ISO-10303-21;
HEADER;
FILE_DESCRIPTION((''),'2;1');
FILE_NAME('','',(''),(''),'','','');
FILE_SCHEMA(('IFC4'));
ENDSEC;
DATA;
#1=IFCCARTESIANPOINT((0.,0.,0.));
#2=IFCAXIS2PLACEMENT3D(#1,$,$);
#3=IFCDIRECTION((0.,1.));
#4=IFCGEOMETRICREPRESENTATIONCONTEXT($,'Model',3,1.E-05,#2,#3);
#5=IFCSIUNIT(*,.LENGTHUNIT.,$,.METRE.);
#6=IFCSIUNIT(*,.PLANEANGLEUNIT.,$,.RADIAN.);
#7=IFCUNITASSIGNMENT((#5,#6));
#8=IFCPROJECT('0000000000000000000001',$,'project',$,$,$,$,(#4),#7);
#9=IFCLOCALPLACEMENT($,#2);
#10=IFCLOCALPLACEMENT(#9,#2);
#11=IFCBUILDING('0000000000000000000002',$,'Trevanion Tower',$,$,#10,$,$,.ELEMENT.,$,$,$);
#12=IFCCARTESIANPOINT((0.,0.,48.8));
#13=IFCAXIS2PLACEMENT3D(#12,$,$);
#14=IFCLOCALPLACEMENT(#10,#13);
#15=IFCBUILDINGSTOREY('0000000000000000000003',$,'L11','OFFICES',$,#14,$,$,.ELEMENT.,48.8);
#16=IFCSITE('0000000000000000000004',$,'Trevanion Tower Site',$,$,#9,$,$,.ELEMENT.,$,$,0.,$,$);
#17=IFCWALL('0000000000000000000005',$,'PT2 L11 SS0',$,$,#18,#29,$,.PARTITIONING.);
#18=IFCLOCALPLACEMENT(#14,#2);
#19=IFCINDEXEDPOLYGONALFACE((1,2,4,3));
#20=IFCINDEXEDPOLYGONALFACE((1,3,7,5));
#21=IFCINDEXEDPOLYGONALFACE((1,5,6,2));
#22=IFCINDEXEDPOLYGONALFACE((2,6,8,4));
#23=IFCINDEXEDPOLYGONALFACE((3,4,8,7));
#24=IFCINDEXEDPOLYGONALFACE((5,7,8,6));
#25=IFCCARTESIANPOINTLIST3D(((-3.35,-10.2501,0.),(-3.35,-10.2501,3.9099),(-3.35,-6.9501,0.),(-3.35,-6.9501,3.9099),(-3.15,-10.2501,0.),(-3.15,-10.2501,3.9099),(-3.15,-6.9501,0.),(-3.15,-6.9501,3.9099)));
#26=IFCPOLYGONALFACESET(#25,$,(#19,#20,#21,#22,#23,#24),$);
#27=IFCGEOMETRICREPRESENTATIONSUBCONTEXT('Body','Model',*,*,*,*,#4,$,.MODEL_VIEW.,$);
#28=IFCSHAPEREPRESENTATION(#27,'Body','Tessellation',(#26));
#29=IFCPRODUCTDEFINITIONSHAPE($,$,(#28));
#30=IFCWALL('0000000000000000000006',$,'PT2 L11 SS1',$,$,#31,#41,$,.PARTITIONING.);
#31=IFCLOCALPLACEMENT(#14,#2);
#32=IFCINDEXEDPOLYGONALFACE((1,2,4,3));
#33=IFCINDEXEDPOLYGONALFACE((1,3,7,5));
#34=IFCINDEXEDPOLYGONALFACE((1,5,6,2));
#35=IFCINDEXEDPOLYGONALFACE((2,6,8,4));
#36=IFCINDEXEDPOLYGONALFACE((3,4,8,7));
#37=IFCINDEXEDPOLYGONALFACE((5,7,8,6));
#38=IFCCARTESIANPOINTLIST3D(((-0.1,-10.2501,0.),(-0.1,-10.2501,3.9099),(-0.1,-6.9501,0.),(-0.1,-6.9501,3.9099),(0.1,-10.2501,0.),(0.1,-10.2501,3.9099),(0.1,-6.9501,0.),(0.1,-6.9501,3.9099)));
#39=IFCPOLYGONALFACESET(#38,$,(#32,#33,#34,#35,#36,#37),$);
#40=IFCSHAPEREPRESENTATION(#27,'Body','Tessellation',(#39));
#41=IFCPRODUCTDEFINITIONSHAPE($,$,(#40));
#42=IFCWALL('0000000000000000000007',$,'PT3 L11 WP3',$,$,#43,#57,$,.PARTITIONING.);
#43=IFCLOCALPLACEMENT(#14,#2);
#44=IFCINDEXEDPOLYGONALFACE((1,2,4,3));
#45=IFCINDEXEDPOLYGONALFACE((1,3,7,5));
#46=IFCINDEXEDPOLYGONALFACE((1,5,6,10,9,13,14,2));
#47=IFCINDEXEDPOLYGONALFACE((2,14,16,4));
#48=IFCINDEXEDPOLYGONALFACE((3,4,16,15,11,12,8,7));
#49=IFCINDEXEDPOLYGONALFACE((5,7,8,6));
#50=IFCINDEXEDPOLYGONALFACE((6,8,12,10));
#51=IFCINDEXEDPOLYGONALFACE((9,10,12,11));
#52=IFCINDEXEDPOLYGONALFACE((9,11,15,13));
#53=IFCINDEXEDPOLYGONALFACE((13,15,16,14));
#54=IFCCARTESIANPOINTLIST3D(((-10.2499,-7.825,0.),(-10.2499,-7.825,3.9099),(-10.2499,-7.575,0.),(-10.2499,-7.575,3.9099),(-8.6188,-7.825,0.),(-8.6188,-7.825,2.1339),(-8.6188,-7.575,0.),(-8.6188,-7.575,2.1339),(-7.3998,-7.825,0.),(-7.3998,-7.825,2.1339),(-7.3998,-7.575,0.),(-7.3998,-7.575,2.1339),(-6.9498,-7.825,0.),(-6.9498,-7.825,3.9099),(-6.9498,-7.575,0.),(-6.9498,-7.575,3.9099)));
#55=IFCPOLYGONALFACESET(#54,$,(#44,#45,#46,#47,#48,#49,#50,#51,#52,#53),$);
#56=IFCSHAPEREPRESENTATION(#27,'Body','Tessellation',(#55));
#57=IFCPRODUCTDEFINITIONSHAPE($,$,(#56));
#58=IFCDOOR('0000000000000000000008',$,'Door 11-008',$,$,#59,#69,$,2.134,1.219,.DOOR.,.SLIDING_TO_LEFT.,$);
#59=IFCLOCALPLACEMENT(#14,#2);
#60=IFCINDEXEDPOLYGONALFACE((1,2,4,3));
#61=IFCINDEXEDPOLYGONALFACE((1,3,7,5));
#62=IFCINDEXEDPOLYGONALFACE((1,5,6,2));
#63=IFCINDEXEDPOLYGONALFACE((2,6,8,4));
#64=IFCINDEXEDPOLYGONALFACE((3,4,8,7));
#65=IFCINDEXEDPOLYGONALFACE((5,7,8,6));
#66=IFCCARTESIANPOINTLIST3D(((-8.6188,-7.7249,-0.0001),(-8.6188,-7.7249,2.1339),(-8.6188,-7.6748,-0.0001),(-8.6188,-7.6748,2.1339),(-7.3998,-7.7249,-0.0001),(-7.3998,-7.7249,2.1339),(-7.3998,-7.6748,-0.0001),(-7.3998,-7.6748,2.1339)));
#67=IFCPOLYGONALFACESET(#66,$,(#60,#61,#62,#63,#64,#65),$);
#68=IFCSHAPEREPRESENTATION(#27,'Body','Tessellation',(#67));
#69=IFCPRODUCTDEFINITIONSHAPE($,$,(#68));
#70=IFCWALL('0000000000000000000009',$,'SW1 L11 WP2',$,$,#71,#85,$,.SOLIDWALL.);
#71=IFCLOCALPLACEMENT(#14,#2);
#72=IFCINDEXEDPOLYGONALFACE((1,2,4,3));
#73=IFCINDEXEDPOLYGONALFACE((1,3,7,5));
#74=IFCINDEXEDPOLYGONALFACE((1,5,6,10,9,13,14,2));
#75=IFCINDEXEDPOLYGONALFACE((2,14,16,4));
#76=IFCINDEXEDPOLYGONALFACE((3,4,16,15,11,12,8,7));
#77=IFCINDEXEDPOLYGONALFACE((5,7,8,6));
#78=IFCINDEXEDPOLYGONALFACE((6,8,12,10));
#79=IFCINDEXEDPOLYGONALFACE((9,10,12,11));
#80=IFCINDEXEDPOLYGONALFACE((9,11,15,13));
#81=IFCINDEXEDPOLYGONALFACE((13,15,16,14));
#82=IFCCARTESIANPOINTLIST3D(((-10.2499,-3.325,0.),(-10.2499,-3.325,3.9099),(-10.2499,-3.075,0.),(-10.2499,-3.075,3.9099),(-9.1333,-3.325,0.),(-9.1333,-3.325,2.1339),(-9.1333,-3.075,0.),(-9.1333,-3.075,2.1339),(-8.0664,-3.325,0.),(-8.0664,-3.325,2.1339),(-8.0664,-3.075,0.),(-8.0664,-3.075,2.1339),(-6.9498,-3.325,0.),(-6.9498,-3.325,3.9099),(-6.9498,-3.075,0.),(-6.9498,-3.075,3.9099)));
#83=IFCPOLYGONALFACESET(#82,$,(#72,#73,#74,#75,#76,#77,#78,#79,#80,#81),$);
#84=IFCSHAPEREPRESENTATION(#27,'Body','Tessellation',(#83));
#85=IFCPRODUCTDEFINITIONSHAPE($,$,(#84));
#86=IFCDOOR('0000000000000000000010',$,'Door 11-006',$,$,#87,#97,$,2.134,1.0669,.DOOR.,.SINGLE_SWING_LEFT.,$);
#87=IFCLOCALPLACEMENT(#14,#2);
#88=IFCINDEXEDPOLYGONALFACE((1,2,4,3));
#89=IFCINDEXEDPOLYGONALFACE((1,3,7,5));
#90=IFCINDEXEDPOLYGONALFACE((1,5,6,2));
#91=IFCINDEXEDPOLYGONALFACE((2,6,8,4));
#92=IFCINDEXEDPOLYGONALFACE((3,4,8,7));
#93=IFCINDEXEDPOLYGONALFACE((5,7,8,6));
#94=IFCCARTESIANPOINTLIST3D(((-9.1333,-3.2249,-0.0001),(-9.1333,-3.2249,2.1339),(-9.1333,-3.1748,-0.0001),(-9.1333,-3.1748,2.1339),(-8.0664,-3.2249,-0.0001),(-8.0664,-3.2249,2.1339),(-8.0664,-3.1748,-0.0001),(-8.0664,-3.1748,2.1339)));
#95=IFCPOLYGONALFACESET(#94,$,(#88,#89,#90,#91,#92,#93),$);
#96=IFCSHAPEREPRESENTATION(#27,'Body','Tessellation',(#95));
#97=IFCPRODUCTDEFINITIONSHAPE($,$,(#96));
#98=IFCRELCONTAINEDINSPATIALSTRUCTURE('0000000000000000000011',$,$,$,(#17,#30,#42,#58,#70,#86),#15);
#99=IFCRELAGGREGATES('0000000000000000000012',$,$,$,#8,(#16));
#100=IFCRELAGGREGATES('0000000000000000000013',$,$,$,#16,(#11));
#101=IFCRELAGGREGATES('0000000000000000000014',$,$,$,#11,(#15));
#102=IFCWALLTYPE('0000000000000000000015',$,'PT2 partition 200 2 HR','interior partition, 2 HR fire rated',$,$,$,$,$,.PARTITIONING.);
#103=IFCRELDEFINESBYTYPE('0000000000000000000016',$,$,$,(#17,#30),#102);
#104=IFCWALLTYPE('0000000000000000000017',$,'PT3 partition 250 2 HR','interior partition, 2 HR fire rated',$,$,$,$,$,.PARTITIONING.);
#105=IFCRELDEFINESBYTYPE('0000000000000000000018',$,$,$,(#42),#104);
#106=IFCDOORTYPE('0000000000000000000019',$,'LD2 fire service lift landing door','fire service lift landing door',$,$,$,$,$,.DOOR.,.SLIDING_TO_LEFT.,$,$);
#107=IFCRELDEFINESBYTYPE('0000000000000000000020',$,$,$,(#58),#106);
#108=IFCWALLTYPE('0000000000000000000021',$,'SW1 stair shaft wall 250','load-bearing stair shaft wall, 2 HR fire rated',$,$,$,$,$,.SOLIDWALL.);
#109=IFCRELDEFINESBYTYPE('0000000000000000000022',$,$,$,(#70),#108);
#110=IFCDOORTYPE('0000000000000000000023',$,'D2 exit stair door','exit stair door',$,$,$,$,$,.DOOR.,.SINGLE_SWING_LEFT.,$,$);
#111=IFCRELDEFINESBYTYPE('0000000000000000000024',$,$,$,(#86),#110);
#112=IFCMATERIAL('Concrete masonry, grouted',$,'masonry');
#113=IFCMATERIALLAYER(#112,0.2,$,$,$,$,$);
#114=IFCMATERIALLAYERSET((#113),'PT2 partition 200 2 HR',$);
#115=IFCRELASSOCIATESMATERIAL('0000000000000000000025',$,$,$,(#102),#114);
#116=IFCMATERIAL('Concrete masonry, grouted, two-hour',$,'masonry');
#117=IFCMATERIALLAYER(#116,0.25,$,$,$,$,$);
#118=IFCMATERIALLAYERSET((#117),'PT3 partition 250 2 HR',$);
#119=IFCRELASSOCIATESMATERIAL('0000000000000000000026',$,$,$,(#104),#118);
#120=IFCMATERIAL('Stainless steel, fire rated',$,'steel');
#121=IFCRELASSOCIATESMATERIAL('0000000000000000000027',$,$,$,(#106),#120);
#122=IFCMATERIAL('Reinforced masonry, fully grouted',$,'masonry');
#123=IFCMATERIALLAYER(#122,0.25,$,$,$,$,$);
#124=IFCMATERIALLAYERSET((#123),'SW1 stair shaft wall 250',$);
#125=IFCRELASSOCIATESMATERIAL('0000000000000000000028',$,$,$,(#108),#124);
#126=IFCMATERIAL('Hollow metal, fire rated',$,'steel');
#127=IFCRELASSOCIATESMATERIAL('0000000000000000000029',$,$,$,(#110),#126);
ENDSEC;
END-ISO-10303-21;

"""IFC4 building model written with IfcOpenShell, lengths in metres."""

from ifc_helpers import new_model, si_unit, direction, frame, frame_2d, origin, place, context, subcontext, project, spatial, rectangle, extrude, material, layer, layer_set, type_object, element, fill, save


model = new_model("IFC4")

# Units and contexts
model_context = context("Model", 3, precision=1e-05, world=origin(), true_north=direction((0.0, 1.0)))
body_context = subcontext(model_context, "Body", "Model", "MODEL_VIEW")
ifc_project = project(units=[si_unit("LENGTHUNIT", "METRE"), si_unit("PLANEANGLEUNIT", "RADIAN")], contexts=[model_context])

# Site, building, storey
site_placement = place(None, origin())
site = spatial("IfcSite", under=ifc_project, at=site_placement, Name="Trevanion Tower Site", CompositionType="ELEMENT", RefElevation=0.0)
building_placement = place(site_placement, origin())
building = spatial("IfcBuilding", under=site, at=building_placement, Name="Trevanion Tower", CompositionType="ELEMENT")
storey_placement = place(building_placement, frame((0.0, 0.0, 48.8)))
storey = spatial("IfcBuildingStorey", under=building, at=storey_placement, Name="L11", Description="OFFICES", CompositionType="ELEMENT", Elevation=48.8)

# Walls
ifc_material_1 = material(Name="Concrete masonry, grouted", Category="masonry")
ifc_layer_1 = layer(ifc_material_1, 0.2)
ifc_layer_set_1 = layer_set([ifc_layer_1], Name="PT2 partition 200 2 HR")
wall_type_1 = type_object("IfcWallType", Name="PT2 partition 200 2 HR", Description="interior partition, 2 HR fire rated", PredefinedType="PARTITIONING", material=ifc_layer_set_1)
for number, where, z_axis, x_axis, name in (
    (1, (-3.25, -10.25, 0.0), (0.0, 0.0, 1.0), (0.0, 1.0, 0.0), "PT2 L11 SS0"),
    (2, (0.0, -10.25, 0.0), (0.0, 0.0, 1.0), (0.0, 1.0, 0.0), "PT2 L11 SS1"),
):
    element("IfcWall", number, at=place(storey_placement, frame(where, z_axis=z_axis, x_axis=x_axis)), inside=storey, type_object=wall_type_1, Name=name, PredefinedType="PARTITIONING", context=body_context, shape_type="SweptSolid", body=[
        extrude(rectangle(XDim=3.3, YDim=0.2, at=frame_2d((1.6499, 0.0))), origin(), (0.0, 0.0, 1.0), 3.9099),
    ])

# Walls, openings, doors
ifc_material_2 = material(Name="Concrete masonry, grouted, two-hour", Category="masonry")
ifc_layer_2 = layer(ifc_material_2, 0.25)
ifc_layer_set_2 = layer_set([ifc_layer_2], Name="PT3 partition 250 2 HR")
wall_type_2 = type_object("IfcWallType", Name="PT3 partition 250 2 HR", Description="interior partition, 2 HR fire rated", PredefinedType="PARTITIONING", material=ifc_layer_set_2)
wall_1_placement = place(storey_placement, frame((-6.95, -7.7, 0.0), z_axis=(0.0, 0.0, 1.0), x_axis=(-1.0, 0.0, 0.0)))
wall_1 = element("IfcWall", 3, at=wall_1_placement, inside=storey, type_object=wall_type_2, Name="PT3 L11 WP3", PredefinedType="PARTITIONING", context=body_context, shape_type="SweptSolid", body=[
    extrude(rectangle(XDim=3.3, YDim=0.25, at=frame_2d((1.6499, 0.0))), origin(), (0.0, 0.0, 1.0), 3.9099),
])
opening_1_placement = place(wall_1_placement, frame((0.45, 0.0, 0.0)))
opening_1 = element("IfcOpeningElement", 4, at=opening_1_placement, cuts=wall_1, PredefinedType="OPENING", context=body_context, shape_type="SweptSolid", body=[
    extrude(rectangle(XDim=1.219, YDim=2.134, at=frame_2d((0.6094, 1.0669))), frame((0.0, 0.135, 0.0), z_axis=(0.0, -1.0, 0.0), x_axis=(1.0, 0.0, 0.0)), (0.0, 0.0, 1.0), 0.27),
])
ifc_material_3 = material(Name="Stainless steel, fire rated", Category="steel")
door_type_1 = type_object("IfcDoorType", Name="LD2 fire service lift landing door", Description="fire service lift landing door", OperationType="SLIDING_TO_LEFT", PredefinedType="DOOR", material=ifc_material_3)
door_1_placement = place(opening_1_placement, origin())
door_1 = element("IfcDoor", 5, at=door_1_placement, inside=storey, type_object=door_type_1, Name="Door 11-008", OperationType="SLIDING_TO_LEFT", OverallHeight=2.134, OverallWidth=1.219, PredefinedType="DOOR", context=body_context, shape_type="SweptSolid", body=[
    extrude(rectangle(XDim=1.219, YDim=2.134, at=frame_2d((0.6094, 1.0669))), frame((0.0, 0.0249, 0.0), z_axis=(0.0, -1.0, 0.0), x_axis=(1.0, 0.0, 0.0)), (0.0, 0.0, 1.0), 0.05),
])
fill(opening_1, door_1)
ifc_material_4 = material(Name="Reinforced masonry, fully grouted", Category="masonry")
ifc_layer_3 = layer(ifc_material_4, 0.25)
ifc_layer_set_3 = layer_set([ifc_layer_3], Name="SW1 stair shaft wall 250")
wall_type_3 = type_object("IfcWallType", Name="SW1 stair shaft wall 250", Description="load-bearing stair shaft wall, 2 HR fire rated", PredefinedType="SOLIDWALL", material=ifc_layer_set_3)
wall_2_placement = place(storey_placement, frame((-6.95, -3.2, 0.0), z_axis=(0.0, 0.0, 1.0), x_axis=(-1.0, 0.0, 0.0)))
wall_2 = element("IfcWall", 6, at=wall_2_placement, inside=storey, type_object=wall_type_3, Name="SW1 L11 WP2", PredefinedType="SOLIDWALL", context=body_context, shape_type="SweptSolid", body=[
    extrude(rectangle(XDim=3.3, YDim=0.25, at=frame_2d((1.6499, 0.0))), origin(), (0.0, 0.0, 1.0), 3.9099),
])
opening_2_placement = place(wall_2_placement, frame((1.1165, 0.0, 0.0)))
opening_2 = element("IfcOpeningElement", 7, at=opening_2_placement, cuts=wall_2, PredefinedType="OPENING", context=body_context, shape_type="SweptSolid", body=[
    extrude(rectangle(XDim=1.0669, YDim=2.134, at=frame_2d((0.5334, 1.0669))), frame((0.0, 0.135, 0.0), z_axis=(0.0, -1.0, 0.0), x_axis=(1.0, 0.0, 0.0)), (0.0, 0.0, 1.0), 0.27),
])
ifc_material_5 = material(Name="Hollow metal, fire rated", Category="steel")
door_type_2 = type_object("IfcDoorType", Name="D2 exit stair door", Description="exit stair door", OperationType="SINGLE_SWING_LEFT", PredefinedType="DOOR", material=ifc_material_5)
door_2_placement = place(opening_2_placement, origin())
door_2 = element("IfcDoor", 8, at=door_2_placement, inside=storey, type_object=door_type_2, Name="Door 11-006", OperationType="SINGLE_SWING_LEFT", OverallHeight=2.134, OverallWidth=1.0669, PredefinedType="DOOR", context=body_context, shape_type="SweptSolid", body=[
    extrude(rectangle(XDim=1.0669, YDim=2.134, at=frame_2d((0.5334, 1.0669))), frame((0.0, 0.0249, 0.0), z_axis=(0.0, -1.0, 0.0), x_axis=(1.0, 0.0, 0.0)), (0.0, 0.0, 1.0), 0.05),
])
fill(opening_2, door_2)

save(model, "model.ifc")
